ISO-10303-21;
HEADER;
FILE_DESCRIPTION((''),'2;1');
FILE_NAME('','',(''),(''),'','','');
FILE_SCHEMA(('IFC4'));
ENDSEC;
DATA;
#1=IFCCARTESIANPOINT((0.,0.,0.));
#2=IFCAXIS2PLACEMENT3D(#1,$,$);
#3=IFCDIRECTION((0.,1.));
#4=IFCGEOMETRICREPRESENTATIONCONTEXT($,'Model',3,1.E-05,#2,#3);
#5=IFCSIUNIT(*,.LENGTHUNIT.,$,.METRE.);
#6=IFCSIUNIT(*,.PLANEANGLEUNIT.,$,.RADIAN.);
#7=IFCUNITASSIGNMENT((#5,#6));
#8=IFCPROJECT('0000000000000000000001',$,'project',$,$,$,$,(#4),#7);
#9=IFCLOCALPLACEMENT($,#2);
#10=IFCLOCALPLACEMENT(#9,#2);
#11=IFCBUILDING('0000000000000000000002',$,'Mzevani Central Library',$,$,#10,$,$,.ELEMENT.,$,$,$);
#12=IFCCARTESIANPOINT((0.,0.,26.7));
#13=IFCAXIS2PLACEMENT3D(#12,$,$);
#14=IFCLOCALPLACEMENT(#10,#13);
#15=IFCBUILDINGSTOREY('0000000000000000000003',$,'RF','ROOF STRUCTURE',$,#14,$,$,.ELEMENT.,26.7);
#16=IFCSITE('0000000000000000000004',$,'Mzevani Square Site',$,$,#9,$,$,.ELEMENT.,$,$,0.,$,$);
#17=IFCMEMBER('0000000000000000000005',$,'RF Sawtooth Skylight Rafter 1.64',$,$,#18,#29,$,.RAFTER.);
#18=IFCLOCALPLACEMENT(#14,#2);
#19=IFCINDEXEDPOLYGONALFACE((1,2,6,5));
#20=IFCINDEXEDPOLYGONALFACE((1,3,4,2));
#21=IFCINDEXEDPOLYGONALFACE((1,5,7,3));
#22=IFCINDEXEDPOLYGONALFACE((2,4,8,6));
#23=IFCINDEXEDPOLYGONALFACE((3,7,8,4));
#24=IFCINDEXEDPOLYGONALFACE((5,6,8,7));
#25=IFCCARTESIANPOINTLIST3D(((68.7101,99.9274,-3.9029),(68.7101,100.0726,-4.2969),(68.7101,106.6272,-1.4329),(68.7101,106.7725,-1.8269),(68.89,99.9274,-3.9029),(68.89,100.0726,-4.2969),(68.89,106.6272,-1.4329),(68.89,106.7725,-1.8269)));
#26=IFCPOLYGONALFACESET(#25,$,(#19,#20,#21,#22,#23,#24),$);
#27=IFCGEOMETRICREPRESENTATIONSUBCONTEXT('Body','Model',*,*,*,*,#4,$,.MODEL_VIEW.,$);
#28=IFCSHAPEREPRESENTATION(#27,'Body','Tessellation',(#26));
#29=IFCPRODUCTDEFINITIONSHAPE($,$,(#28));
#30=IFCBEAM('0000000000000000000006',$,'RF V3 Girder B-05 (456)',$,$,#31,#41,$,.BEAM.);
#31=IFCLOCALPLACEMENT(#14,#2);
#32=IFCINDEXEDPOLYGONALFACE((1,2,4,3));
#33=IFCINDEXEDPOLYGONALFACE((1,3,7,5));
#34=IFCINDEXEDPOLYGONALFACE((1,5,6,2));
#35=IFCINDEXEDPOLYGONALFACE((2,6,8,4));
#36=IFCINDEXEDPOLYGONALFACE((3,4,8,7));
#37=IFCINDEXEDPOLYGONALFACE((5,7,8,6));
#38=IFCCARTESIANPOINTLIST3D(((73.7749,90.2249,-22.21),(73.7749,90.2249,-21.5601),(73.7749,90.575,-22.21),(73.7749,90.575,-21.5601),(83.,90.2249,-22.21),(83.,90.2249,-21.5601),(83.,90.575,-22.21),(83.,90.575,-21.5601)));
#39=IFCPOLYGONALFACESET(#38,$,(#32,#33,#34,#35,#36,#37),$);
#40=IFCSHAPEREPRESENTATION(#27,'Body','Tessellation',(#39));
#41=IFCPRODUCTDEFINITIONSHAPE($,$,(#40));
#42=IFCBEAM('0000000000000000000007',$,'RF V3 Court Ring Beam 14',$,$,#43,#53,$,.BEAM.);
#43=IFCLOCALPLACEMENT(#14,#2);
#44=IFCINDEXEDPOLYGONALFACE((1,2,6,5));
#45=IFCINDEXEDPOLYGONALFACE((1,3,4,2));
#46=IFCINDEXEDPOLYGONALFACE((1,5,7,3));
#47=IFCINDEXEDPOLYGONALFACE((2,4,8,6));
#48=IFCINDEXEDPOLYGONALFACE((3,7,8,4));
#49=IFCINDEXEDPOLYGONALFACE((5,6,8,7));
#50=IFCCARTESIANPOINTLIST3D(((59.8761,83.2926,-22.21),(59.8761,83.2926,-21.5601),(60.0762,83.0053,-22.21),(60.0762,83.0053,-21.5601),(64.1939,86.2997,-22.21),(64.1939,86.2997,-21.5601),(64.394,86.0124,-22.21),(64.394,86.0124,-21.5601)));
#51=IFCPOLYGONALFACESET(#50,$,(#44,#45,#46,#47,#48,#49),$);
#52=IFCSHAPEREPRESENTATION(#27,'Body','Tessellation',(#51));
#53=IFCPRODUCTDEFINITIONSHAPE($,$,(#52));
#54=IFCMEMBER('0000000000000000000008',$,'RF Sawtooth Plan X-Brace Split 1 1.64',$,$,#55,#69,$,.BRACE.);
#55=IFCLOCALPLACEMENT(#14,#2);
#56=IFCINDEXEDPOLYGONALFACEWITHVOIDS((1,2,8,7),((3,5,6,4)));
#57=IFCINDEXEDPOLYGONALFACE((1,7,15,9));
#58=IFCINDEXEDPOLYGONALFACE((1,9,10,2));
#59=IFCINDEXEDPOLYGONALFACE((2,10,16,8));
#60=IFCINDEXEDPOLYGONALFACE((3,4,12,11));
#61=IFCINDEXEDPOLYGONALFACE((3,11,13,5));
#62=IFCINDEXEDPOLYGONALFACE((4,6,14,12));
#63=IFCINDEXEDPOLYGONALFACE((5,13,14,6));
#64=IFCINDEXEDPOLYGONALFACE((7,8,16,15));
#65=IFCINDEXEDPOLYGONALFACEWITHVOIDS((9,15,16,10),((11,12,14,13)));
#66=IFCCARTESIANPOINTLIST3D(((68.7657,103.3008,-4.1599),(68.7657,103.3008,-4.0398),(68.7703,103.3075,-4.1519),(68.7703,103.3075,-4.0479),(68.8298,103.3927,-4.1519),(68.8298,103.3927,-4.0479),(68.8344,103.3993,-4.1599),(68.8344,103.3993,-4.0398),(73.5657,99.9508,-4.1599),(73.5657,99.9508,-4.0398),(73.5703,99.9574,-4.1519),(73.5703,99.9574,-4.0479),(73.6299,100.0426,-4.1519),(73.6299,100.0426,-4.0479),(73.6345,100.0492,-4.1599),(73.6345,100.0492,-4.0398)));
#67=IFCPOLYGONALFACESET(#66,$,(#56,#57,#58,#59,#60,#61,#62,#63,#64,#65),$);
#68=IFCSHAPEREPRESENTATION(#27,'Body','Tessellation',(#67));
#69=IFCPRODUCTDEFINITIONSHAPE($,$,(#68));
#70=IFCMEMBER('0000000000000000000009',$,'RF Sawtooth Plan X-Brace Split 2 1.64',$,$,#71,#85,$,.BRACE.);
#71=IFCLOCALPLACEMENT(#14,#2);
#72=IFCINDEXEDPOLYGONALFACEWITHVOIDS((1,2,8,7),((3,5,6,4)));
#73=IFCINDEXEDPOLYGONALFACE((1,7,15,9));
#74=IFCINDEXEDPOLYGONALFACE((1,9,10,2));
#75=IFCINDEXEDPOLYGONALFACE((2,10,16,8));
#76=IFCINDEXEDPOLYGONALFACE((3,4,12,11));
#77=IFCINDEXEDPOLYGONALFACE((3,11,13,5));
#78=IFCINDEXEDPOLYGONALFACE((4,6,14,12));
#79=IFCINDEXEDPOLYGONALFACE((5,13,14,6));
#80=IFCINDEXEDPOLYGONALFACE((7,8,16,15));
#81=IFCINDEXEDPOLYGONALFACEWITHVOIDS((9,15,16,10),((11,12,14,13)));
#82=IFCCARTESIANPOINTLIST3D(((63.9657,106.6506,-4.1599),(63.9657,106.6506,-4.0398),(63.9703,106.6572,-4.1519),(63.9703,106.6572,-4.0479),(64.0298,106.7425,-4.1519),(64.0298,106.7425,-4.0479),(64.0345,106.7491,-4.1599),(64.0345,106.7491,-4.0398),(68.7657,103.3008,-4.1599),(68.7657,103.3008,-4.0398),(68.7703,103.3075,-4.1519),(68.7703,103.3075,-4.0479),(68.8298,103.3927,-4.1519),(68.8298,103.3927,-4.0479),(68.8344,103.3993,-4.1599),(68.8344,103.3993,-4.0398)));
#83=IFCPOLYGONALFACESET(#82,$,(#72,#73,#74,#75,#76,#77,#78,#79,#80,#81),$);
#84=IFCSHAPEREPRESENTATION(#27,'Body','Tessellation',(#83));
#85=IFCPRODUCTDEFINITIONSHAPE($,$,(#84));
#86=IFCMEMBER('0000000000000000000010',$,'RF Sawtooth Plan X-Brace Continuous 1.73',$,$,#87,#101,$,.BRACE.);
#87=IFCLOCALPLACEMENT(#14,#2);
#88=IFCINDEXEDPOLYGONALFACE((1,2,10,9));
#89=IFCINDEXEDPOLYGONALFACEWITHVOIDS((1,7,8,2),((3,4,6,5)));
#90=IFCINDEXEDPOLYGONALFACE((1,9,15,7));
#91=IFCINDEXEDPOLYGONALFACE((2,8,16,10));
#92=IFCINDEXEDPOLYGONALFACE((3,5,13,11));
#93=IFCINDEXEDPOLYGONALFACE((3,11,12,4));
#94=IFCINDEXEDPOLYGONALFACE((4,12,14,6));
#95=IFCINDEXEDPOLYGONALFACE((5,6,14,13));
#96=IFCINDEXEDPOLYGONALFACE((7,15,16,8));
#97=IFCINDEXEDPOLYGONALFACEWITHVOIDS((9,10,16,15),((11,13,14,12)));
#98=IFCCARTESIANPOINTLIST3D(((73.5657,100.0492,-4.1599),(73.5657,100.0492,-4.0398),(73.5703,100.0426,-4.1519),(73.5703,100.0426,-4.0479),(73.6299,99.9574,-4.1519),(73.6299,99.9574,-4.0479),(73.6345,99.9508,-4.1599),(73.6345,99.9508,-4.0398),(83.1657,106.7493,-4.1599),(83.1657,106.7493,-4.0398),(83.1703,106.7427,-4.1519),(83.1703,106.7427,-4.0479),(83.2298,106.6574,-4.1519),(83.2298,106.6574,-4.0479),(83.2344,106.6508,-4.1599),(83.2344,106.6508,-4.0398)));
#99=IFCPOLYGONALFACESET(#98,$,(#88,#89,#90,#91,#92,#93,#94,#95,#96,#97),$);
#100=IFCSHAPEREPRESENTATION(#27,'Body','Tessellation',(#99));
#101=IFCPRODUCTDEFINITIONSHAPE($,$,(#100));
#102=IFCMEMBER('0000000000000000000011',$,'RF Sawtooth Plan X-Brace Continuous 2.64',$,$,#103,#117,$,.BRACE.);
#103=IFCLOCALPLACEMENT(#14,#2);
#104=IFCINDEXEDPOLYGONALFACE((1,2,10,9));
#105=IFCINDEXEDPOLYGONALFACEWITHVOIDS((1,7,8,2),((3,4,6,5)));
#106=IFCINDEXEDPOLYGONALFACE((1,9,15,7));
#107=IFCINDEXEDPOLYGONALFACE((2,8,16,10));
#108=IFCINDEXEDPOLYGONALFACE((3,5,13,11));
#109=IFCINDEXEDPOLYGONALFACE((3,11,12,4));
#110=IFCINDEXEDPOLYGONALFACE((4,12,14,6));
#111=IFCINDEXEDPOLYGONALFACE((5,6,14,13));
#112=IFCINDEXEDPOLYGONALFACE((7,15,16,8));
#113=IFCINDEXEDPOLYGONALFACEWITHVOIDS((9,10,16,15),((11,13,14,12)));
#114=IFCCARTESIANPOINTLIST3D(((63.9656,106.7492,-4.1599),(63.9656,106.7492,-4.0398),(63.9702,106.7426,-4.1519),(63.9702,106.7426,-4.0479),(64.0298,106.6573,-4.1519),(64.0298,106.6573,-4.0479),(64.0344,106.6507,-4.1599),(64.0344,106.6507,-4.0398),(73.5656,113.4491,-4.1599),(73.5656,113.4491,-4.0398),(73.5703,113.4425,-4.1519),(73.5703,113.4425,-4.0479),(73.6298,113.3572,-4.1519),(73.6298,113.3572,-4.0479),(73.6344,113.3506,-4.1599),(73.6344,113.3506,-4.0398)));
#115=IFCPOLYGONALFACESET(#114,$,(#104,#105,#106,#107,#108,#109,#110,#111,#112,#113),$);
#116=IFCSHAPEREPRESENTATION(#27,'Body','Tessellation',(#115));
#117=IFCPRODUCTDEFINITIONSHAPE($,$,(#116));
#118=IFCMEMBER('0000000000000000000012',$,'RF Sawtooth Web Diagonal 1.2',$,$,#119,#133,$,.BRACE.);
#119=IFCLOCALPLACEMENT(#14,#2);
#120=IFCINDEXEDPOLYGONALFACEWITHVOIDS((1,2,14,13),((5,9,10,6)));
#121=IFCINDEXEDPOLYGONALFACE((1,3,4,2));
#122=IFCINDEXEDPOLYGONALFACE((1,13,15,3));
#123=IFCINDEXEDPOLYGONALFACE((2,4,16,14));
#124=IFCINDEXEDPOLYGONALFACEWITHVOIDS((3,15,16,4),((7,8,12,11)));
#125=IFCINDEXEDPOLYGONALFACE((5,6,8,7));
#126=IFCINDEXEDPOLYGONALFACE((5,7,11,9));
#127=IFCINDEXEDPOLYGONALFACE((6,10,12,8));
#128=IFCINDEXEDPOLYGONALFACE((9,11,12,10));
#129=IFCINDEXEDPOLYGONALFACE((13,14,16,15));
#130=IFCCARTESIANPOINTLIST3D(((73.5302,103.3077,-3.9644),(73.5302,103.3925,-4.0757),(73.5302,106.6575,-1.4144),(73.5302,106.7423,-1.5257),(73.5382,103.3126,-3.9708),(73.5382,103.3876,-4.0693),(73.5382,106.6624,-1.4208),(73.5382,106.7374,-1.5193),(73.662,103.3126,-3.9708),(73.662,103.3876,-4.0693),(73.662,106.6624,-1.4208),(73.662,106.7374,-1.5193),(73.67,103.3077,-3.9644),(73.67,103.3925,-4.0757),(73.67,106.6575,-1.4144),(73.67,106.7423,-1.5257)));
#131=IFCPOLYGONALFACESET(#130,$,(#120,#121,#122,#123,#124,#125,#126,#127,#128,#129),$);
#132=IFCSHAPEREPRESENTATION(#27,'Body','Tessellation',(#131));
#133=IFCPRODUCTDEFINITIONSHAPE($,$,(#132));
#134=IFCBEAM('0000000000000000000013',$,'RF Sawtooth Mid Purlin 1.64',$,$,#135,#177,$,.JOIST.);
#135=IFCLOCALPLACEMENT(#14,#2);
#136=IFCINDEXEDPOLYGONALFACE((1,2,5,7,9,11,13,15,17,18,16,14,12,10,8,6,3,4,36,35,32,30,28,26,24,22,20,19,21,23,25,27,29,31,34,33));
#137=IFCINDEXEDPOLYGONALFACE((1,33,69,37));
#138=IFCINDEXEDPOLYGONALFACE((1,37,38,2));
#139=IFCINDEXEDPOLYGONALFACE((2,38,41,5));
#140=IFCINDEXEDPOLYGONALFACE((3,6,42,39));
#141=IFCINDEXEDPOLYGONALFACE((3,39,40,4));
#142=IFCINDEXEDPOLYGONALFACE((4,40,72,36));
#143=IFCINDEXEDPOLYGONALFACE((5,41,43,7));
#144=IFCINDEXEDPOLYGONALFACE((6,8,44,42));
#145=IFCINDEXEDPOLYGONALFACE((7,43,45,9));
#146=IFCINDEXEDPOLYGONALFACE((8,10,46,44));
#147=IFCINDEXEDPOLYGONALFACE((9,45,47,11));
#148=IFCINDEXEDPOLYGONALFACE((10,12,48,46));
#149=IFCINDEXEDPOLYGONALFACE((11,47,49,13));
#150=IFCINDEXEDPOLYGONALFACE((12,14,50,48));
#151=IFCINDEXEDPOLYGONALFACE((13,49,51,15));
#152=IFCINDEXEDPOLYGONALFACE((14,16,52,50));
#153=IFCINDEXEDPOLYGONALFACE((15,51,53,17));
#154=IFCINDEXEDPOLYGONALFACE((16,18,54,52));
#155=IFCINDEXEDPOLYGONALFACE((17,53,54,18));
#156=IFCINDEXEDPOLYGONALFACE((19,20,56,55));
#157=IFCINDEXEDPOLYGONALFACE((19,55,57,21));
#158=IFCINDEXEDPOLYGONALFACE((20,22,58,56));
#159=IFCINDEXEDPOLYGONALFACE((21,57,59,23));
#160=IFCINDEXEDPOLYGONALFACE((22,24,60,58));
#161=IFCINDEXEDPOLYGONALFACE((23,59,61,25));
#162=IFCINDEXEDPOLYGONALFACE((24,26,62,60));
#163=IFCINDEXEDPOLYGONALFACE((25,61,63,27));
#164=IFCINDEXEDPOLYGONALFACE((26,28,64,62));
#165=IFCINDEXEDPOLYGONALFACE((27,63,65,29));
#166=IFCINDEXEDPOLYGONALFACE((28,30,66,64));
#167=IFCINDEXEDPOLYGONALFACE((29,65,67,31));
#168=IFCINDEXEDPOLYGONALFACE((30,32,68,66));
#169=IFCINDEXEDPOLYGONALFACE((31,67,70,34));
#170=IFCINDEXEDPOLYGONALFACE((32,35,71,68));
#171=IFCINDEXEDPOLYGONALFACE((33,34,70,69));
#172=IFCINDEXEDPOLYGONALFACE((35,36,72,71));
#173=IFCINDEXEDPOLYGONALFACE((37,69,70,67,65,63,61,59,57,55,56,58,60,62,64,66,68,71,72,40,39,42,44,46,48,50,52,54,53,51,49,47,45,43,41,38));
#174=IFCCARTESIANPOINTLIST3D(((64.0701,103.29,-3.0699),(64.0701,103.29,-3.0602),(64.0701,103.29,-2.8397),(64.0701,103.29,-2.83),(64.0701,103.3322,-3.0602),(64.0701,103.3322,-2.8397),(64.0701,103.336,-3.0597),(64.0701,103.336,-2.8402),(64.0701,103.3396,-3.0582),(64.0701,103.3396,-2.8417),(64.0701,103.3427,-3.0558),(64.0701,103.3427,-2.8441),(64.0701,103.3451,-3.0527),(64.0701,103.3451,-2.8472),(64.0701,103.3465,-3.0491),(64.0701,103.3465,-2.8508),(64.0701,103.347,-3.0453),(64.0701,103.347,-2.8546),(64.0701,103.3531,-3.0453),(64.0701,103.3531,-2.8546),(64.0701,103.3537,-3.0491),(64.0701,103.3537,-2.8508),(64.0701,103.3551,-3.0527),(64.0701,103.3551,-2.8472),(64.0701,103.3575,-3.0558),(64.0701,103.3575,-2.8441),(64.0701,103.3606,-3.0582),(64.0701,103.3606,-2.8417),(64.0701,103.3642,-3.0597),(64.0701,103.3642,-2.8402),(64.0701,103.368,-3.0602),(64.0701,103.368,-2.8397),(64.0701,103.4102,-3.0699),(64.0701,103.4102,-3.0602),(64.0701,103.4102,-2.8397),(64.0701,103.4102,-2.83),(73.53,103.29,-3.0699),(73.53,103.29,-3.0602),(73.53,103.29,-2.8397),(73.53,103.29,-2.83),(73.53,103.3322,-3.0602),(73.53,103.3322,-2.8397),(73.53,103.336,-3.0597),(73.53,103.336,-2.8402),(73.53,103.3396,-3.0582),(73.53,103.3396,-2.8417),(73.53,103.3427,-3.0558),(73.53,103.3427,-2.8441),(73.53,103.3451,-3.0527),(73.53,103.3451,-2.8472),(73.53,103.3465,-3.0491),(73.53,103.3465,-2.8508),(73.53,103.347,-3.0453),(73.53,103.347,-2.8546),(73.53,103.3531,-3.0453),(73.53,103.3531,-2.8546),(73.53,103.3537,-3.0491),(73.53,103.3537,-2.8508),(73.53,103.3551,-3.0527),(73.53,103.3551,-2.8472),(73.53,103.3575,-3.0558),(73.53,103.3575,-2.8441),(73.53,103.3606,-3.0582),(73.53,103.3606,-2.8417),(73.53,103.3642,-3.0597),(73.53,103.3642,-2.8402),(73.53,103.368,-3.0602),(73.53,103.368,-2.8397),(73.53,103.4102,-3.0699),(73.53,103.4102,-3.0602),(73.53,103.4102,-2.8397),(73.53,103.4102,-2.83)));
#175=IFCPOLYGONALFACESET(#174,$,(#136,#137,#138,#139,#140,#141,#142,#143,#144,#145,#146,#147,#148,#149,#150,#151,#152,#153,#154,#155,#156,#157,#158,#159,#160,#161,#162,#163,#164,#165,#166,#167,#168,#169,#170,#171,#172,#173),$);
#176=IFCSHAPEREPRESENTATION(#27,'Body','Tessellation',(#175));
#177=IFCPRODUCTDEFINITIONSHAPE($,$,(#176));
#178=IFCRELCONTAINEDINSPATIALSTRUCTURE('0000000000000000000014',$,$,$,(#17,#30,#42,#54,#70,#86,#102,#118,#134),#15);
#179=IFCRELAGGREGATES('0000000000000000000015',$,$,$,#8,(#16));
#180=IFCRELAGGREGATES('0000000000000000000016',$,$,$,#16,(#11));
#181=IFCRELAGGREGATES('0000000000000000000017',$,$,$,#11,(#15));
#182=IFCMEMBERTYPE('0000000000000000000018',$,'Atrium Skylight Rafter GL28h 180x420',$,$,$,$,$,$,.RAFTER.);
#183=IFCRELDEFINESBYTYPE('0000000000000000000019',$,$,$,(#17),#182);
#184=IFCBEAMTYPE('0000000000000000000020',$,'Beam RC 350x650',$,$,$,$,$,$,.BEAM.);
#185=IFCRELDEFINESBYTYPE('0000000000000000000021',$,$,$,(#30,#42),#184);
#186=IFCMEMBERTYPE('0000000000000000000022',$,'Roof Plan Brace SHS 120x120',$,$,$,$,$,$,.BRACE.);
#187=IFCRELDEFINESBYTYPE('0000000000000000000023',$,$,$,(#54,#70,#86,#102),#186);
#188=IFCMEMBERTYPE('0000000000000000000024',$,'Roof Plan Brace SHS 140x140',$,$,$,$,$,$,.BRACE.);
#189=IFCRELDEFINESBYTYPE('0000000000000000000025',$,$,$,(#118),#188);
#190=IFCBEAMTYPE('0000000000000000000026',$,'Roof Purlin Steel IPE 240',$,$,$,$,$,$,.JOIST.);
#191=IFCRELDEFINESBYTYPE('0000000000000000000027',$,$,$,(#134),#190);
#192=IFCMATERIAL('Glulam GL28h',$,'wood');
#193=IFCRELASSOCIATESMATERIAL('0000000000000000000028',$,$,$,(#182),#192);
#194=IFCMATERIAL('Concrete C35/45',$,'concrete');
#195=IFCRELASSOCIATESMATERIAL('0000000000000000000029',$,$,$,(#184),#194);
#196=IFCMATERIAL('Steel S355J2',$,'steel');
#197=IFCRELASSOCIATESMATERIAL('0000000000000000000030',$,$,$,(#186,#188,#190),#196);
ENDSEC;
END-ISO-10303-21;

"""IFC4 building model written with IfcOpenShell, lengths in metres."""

from ifc_helpers import new_model, si_unit, direction, frame, origin, origin_2d, place, context, subcontext, project, spatial, rectangle, hollow_rectangle, i_section, extrude, material, material_profile, profile_set, type_object, element, save


model = new_model("IFC4")

# Units and contexts
model_context = context("Model", 3, precision=1e-05, world=origin(), true_north=direction((0.0, 1.0)))
body_context = subcontext(model_context, "Body", "Model", "MODEL_VIEW")
ifc_project = project(units=[si_unit("LENGTHUNIT", "METRE"), si_unit("PLANEANGLEUNIT", "RADIAN")], contexts=[model_context])

# Site, building, storey
site_placement = place(None, origin())
site = spatial("IfcSite", under=ifc_project, at=site_placement, Name="Mzevani Square Site", CompositionType="ELEMENT", RefElevation=0.0)
building_placement = place(site_placement, origin())
building = spatial("IfcBuilding", under=site, at=building_placement, Name="Mzevani Central Library", CompositionType="ELEMENT")
storey_placement = place(building_placement, frame((0.0, 0.0, 26.7)))
storey = spatial("IfcBuildingStorey", under=building, at=storey_placement, Name="RF", Description="ROOF STRUCTURE", CompositionType="ELEMENT", Elevation=26.7)

# Member
ifc_material_1 = material(Name="Glulam GL28h", Category="wood")
ifc_material_profile_1 = material_profile(ifc_material_1, rectangle(XDim=0.1799, YDim=0.4199, at=origin_2d()), Name="GL28h 180x420")
ifc_profile_set_1 = profile_set([ifc_material_profile_1], Name="Glulam GL28h")
member_type_1 = type_object("IfcMemberType", Name="Atrium Skylight Rafter GL28h 180x420", PredefinedType="RAFTER", material=ifc_profile_set_1)
member_1_placement = place(storey_placement, frame((68.8, 100.0, -4.0999), z_axis=(0.0, 0.938272, 0.345899), x_axis=(-1.0, 0.0, 0.0)))
element("IfcMember", 1, at=member_1_placement, inside=storey, type_object=member_type_1, Name="RF Sawtooth Skylight Rafter 1.64", PredefinedType="RAFTER", context=body_context, shape_type="SweptSolid", body=[
    extrude(rectangle(XDim=0.1799, YDim=0.4199, at=origin_2d()), origin(), (0.0, 0.0, 1.0), 7.1406),
])

# Beams
ifc_material_2 = material(Name="Concrete C35/45", Category="concrete")
ifc_material_profile_2 = material_profile(ifc_material_2, rectangle(XDim=0.3501, YDim=0.6499, at=origin_2d()), Name="RC B350x650")
ifc_profile_set_2 = profile_set([ifc_material_profile_2], Name="Concrete C35/45")
beam_type_1 = type_object("IfcBeamType", Name="Beam RC 350x650", PredefinedType="BEAM", material=ifc_profile_set_2)
beam_1_placement = place(storey_placement, frame((73.7749, 90.3999, -21.885), z_axis=(1.0, 0.0, 0.0), x_axis=(0.0, 1.0, 0.0)))
element("IfcBeam", 2, at=beam_1_placement, inside=storey, type_object=beam_type_1, Name="RF V3 Girder B-05 (456)", PredefinedType="BEAM", context=body_context, shape_type="SweptSolid", body=[
    extrude(rectangle(XDim=0.3501, YDim=0.6499, at=origin_2d()), origin(), (0.0, 0.0, 1.0), 9.2251),
])
beam_2_placement = place(storey_placement, frame((64.2939, 86.156, -21.885), z_axis=(-0.820607, -0.571493, 0.0), x_axis=(0.571493, -0.820607, 0.0)))
element("IfcBeam", 3, at=beam_2_placement, inside=storey, type_object=beam_type_1, Name="RF V3 Court Ring Beam 14", PredefinedType="BEAM", context=body_context, shape_type="SweptSolid", body=[
    extrude(rectangle(XDim=0.3501, YDim=0.6499, at=origin_2d()), origin(), (0.0, 0.0, 1.0), 5.2617),
])

# Members
ifc_material_3 = material(Name="Steel S355J2", Category="steel")
ifc_material_profile_3 = material_profile(ifc_material_3, hollow_rectangle(XDim=0.1201, YDim=0.1201, WallThickness=0.0081, at=origin_2d()), Name="SHS 120x120x8.0")
ifc_profile_set_3 = profile_set([ifc_material_profile_3], Name="Steel S355J2")
member_type_2 = type_object("IfcMemberType", Name="Roof Plan Brace SHS 120x120", PredefinedType="BRACE", material=ifc_profile_set_3)
member_2_placement = place(storey_placement, frame((73.6001, 100.0, -4.0999), z_axis=(-0.820029, 0.572323, 0.0), x_axis=(-0.572323, -0.820029, 0.0)))
element("IfcMember", 4, at=member_2_placement, inside=storey, type_object=member_type_2, Name="RF Sawtooth Plan X-Brace Split 1 1.64", PredefinedType="BRACE", context=body_context, shape_type="SweptSolid", body=[
    extrude(hollow_rectangle(XDim=0.1201, YDim=0.1201, WallThickness=0.0081, at=origin_2d()), origin(), (0.0, 0.0, 1.0), 5.8535),
])
member_3_placement = place(storey_placement, frame((68.8, 103.3501, -4.0999), z_axis=(-0.820048, 0.572294, 0.0), x_axis=(-0.572294, -0.820048, 0.0)))
element("IfcMember", 5, at=member_3_placement, inside=storey, type_object=member_type_2, Name="RF Sawtooth Plan X-Brace Split 2 1.64", PredefinedType="BRACE", context=body_context, shape_type="SweptSolid", body=[
    extrude(hollow_rectangle(XDim=0.1201, YDim=0.1201, WallThickness=0.0081, at=origin_2d()), origin(), (0.0, 0.0, 1.0), 5.8533),
])
for number, where, z_axis, x_axis, name in (
    (6, (73.6001, 100.0, -4.0999), (0.820032, 0.572318, 0.0), (-0.572318, 0.820032, 0.0), "RF Sawtooth Plan X-Brace Continuous 1.73"),
    (7, (64.0, 106.7, -4.0999), (0.820038, 0.572308, 0.0), (-0.572308, 0.820038, 0.0), "RF Sawtooth Plan X-Brace Continuous 2.64"),
):
    element("IfcMember", number, at=place(storey_placement, frame(where, z_axis=z_axis, x_axis=x_axis)), inside=storey, type_object=member_type_2, Name=name, PredefinedType="BRACE", context=body_context, shape_type="SweptSolid", body=[
        extrude(hollow_rectangle(XDim=0.1201, YDim=0.1201, WallThickness=0.0081, at=origin_2d()), origin(), (0.0, 0.0, 1.0), 11.7068),
    ])
ifc_material_profile_4 = material_profile(ifc_material_3, hollow_rectangle(XDim=0.1399, YDim=0.1399, WallThickness=0.0081, at=origin_2d()), Name="SHS 140x140x8.0")
ifc_profile_set_4 = profile_set([ifc_material_profile_4], Name="Steel S355J2")
member_type_3 = type_object("IfcMemberType", Name="Roof Plan Brace SHS 140x140", PredefinedType="BRACE", material=ifc_profile_set_4)
member_4_placement = place(storey_placement, frame((73.6001, 103.3501, -4.02), z_axis=(0.0, 0.795686, 0.605709), x_axis=(-1.0, 0.0, 0.0)))
element("IfcMember", 8, at=member_4_placement, inside=storey, type_object=member_type_3, Name="RF Sawtooth Web Diagonal 1.2", PredefinedType="BRACE", context=body_context, shape_type="SweptSolid", body=[
    extrude(hollow_rectangle(XDim=0.1399, YDim=0.1399, WallThickness=0.0081, at=origin_2d()), origin(), (0.0, 0.0, 1.0), 4.21),
])

# Beam
ifc_material_profile_5 = material_profile(ifc_material_3, i_section(OverallWidth=0.1201, OverallDepth=0.24, WebThickness=0.0061, FlangeThickness=0.0098, FilletRadius=0.0149, at=origin_2d()), Name="IPE 240")
ifc_profile_set_5 = profile_set([ifc_material_profile_5], Name="Steel S355J2")
beam_type_2 = type_object("IfcBeamType", Name="Roof Purlin Steel IPE 240", PredefinedType="JOIST", material=ifc_profile_set_5)
for number, where, z_axis, x_axis, name in (
    (9, (64.0701, 103.3501, -2.95), (1.0, 0.0, 0.0), (0.0, 1.0, 0.0), "RF Sawtooth Mid Purlin 1.64"),
):
    element("IfcBeam", number, at=place(storey_placement, frame(where, z_axis=z_axis, x_axis=x_axis)), inside=storey, type_object=beam_type_2, Name=name, PredefinedType="JOIST", context=body_context, shape_type="SweptSolid", body=[
        extrude(i_section(OverallWidth=0.1201, OverallDepth=0.24, WebThickness=0.0061, FlangeThickness=0.0098, FilletRadius=0.0149, at=origin_2d()), origin(), (0.0, 0.0, 1.0), 9.46),
    ])

save(model, "model.ifc")
